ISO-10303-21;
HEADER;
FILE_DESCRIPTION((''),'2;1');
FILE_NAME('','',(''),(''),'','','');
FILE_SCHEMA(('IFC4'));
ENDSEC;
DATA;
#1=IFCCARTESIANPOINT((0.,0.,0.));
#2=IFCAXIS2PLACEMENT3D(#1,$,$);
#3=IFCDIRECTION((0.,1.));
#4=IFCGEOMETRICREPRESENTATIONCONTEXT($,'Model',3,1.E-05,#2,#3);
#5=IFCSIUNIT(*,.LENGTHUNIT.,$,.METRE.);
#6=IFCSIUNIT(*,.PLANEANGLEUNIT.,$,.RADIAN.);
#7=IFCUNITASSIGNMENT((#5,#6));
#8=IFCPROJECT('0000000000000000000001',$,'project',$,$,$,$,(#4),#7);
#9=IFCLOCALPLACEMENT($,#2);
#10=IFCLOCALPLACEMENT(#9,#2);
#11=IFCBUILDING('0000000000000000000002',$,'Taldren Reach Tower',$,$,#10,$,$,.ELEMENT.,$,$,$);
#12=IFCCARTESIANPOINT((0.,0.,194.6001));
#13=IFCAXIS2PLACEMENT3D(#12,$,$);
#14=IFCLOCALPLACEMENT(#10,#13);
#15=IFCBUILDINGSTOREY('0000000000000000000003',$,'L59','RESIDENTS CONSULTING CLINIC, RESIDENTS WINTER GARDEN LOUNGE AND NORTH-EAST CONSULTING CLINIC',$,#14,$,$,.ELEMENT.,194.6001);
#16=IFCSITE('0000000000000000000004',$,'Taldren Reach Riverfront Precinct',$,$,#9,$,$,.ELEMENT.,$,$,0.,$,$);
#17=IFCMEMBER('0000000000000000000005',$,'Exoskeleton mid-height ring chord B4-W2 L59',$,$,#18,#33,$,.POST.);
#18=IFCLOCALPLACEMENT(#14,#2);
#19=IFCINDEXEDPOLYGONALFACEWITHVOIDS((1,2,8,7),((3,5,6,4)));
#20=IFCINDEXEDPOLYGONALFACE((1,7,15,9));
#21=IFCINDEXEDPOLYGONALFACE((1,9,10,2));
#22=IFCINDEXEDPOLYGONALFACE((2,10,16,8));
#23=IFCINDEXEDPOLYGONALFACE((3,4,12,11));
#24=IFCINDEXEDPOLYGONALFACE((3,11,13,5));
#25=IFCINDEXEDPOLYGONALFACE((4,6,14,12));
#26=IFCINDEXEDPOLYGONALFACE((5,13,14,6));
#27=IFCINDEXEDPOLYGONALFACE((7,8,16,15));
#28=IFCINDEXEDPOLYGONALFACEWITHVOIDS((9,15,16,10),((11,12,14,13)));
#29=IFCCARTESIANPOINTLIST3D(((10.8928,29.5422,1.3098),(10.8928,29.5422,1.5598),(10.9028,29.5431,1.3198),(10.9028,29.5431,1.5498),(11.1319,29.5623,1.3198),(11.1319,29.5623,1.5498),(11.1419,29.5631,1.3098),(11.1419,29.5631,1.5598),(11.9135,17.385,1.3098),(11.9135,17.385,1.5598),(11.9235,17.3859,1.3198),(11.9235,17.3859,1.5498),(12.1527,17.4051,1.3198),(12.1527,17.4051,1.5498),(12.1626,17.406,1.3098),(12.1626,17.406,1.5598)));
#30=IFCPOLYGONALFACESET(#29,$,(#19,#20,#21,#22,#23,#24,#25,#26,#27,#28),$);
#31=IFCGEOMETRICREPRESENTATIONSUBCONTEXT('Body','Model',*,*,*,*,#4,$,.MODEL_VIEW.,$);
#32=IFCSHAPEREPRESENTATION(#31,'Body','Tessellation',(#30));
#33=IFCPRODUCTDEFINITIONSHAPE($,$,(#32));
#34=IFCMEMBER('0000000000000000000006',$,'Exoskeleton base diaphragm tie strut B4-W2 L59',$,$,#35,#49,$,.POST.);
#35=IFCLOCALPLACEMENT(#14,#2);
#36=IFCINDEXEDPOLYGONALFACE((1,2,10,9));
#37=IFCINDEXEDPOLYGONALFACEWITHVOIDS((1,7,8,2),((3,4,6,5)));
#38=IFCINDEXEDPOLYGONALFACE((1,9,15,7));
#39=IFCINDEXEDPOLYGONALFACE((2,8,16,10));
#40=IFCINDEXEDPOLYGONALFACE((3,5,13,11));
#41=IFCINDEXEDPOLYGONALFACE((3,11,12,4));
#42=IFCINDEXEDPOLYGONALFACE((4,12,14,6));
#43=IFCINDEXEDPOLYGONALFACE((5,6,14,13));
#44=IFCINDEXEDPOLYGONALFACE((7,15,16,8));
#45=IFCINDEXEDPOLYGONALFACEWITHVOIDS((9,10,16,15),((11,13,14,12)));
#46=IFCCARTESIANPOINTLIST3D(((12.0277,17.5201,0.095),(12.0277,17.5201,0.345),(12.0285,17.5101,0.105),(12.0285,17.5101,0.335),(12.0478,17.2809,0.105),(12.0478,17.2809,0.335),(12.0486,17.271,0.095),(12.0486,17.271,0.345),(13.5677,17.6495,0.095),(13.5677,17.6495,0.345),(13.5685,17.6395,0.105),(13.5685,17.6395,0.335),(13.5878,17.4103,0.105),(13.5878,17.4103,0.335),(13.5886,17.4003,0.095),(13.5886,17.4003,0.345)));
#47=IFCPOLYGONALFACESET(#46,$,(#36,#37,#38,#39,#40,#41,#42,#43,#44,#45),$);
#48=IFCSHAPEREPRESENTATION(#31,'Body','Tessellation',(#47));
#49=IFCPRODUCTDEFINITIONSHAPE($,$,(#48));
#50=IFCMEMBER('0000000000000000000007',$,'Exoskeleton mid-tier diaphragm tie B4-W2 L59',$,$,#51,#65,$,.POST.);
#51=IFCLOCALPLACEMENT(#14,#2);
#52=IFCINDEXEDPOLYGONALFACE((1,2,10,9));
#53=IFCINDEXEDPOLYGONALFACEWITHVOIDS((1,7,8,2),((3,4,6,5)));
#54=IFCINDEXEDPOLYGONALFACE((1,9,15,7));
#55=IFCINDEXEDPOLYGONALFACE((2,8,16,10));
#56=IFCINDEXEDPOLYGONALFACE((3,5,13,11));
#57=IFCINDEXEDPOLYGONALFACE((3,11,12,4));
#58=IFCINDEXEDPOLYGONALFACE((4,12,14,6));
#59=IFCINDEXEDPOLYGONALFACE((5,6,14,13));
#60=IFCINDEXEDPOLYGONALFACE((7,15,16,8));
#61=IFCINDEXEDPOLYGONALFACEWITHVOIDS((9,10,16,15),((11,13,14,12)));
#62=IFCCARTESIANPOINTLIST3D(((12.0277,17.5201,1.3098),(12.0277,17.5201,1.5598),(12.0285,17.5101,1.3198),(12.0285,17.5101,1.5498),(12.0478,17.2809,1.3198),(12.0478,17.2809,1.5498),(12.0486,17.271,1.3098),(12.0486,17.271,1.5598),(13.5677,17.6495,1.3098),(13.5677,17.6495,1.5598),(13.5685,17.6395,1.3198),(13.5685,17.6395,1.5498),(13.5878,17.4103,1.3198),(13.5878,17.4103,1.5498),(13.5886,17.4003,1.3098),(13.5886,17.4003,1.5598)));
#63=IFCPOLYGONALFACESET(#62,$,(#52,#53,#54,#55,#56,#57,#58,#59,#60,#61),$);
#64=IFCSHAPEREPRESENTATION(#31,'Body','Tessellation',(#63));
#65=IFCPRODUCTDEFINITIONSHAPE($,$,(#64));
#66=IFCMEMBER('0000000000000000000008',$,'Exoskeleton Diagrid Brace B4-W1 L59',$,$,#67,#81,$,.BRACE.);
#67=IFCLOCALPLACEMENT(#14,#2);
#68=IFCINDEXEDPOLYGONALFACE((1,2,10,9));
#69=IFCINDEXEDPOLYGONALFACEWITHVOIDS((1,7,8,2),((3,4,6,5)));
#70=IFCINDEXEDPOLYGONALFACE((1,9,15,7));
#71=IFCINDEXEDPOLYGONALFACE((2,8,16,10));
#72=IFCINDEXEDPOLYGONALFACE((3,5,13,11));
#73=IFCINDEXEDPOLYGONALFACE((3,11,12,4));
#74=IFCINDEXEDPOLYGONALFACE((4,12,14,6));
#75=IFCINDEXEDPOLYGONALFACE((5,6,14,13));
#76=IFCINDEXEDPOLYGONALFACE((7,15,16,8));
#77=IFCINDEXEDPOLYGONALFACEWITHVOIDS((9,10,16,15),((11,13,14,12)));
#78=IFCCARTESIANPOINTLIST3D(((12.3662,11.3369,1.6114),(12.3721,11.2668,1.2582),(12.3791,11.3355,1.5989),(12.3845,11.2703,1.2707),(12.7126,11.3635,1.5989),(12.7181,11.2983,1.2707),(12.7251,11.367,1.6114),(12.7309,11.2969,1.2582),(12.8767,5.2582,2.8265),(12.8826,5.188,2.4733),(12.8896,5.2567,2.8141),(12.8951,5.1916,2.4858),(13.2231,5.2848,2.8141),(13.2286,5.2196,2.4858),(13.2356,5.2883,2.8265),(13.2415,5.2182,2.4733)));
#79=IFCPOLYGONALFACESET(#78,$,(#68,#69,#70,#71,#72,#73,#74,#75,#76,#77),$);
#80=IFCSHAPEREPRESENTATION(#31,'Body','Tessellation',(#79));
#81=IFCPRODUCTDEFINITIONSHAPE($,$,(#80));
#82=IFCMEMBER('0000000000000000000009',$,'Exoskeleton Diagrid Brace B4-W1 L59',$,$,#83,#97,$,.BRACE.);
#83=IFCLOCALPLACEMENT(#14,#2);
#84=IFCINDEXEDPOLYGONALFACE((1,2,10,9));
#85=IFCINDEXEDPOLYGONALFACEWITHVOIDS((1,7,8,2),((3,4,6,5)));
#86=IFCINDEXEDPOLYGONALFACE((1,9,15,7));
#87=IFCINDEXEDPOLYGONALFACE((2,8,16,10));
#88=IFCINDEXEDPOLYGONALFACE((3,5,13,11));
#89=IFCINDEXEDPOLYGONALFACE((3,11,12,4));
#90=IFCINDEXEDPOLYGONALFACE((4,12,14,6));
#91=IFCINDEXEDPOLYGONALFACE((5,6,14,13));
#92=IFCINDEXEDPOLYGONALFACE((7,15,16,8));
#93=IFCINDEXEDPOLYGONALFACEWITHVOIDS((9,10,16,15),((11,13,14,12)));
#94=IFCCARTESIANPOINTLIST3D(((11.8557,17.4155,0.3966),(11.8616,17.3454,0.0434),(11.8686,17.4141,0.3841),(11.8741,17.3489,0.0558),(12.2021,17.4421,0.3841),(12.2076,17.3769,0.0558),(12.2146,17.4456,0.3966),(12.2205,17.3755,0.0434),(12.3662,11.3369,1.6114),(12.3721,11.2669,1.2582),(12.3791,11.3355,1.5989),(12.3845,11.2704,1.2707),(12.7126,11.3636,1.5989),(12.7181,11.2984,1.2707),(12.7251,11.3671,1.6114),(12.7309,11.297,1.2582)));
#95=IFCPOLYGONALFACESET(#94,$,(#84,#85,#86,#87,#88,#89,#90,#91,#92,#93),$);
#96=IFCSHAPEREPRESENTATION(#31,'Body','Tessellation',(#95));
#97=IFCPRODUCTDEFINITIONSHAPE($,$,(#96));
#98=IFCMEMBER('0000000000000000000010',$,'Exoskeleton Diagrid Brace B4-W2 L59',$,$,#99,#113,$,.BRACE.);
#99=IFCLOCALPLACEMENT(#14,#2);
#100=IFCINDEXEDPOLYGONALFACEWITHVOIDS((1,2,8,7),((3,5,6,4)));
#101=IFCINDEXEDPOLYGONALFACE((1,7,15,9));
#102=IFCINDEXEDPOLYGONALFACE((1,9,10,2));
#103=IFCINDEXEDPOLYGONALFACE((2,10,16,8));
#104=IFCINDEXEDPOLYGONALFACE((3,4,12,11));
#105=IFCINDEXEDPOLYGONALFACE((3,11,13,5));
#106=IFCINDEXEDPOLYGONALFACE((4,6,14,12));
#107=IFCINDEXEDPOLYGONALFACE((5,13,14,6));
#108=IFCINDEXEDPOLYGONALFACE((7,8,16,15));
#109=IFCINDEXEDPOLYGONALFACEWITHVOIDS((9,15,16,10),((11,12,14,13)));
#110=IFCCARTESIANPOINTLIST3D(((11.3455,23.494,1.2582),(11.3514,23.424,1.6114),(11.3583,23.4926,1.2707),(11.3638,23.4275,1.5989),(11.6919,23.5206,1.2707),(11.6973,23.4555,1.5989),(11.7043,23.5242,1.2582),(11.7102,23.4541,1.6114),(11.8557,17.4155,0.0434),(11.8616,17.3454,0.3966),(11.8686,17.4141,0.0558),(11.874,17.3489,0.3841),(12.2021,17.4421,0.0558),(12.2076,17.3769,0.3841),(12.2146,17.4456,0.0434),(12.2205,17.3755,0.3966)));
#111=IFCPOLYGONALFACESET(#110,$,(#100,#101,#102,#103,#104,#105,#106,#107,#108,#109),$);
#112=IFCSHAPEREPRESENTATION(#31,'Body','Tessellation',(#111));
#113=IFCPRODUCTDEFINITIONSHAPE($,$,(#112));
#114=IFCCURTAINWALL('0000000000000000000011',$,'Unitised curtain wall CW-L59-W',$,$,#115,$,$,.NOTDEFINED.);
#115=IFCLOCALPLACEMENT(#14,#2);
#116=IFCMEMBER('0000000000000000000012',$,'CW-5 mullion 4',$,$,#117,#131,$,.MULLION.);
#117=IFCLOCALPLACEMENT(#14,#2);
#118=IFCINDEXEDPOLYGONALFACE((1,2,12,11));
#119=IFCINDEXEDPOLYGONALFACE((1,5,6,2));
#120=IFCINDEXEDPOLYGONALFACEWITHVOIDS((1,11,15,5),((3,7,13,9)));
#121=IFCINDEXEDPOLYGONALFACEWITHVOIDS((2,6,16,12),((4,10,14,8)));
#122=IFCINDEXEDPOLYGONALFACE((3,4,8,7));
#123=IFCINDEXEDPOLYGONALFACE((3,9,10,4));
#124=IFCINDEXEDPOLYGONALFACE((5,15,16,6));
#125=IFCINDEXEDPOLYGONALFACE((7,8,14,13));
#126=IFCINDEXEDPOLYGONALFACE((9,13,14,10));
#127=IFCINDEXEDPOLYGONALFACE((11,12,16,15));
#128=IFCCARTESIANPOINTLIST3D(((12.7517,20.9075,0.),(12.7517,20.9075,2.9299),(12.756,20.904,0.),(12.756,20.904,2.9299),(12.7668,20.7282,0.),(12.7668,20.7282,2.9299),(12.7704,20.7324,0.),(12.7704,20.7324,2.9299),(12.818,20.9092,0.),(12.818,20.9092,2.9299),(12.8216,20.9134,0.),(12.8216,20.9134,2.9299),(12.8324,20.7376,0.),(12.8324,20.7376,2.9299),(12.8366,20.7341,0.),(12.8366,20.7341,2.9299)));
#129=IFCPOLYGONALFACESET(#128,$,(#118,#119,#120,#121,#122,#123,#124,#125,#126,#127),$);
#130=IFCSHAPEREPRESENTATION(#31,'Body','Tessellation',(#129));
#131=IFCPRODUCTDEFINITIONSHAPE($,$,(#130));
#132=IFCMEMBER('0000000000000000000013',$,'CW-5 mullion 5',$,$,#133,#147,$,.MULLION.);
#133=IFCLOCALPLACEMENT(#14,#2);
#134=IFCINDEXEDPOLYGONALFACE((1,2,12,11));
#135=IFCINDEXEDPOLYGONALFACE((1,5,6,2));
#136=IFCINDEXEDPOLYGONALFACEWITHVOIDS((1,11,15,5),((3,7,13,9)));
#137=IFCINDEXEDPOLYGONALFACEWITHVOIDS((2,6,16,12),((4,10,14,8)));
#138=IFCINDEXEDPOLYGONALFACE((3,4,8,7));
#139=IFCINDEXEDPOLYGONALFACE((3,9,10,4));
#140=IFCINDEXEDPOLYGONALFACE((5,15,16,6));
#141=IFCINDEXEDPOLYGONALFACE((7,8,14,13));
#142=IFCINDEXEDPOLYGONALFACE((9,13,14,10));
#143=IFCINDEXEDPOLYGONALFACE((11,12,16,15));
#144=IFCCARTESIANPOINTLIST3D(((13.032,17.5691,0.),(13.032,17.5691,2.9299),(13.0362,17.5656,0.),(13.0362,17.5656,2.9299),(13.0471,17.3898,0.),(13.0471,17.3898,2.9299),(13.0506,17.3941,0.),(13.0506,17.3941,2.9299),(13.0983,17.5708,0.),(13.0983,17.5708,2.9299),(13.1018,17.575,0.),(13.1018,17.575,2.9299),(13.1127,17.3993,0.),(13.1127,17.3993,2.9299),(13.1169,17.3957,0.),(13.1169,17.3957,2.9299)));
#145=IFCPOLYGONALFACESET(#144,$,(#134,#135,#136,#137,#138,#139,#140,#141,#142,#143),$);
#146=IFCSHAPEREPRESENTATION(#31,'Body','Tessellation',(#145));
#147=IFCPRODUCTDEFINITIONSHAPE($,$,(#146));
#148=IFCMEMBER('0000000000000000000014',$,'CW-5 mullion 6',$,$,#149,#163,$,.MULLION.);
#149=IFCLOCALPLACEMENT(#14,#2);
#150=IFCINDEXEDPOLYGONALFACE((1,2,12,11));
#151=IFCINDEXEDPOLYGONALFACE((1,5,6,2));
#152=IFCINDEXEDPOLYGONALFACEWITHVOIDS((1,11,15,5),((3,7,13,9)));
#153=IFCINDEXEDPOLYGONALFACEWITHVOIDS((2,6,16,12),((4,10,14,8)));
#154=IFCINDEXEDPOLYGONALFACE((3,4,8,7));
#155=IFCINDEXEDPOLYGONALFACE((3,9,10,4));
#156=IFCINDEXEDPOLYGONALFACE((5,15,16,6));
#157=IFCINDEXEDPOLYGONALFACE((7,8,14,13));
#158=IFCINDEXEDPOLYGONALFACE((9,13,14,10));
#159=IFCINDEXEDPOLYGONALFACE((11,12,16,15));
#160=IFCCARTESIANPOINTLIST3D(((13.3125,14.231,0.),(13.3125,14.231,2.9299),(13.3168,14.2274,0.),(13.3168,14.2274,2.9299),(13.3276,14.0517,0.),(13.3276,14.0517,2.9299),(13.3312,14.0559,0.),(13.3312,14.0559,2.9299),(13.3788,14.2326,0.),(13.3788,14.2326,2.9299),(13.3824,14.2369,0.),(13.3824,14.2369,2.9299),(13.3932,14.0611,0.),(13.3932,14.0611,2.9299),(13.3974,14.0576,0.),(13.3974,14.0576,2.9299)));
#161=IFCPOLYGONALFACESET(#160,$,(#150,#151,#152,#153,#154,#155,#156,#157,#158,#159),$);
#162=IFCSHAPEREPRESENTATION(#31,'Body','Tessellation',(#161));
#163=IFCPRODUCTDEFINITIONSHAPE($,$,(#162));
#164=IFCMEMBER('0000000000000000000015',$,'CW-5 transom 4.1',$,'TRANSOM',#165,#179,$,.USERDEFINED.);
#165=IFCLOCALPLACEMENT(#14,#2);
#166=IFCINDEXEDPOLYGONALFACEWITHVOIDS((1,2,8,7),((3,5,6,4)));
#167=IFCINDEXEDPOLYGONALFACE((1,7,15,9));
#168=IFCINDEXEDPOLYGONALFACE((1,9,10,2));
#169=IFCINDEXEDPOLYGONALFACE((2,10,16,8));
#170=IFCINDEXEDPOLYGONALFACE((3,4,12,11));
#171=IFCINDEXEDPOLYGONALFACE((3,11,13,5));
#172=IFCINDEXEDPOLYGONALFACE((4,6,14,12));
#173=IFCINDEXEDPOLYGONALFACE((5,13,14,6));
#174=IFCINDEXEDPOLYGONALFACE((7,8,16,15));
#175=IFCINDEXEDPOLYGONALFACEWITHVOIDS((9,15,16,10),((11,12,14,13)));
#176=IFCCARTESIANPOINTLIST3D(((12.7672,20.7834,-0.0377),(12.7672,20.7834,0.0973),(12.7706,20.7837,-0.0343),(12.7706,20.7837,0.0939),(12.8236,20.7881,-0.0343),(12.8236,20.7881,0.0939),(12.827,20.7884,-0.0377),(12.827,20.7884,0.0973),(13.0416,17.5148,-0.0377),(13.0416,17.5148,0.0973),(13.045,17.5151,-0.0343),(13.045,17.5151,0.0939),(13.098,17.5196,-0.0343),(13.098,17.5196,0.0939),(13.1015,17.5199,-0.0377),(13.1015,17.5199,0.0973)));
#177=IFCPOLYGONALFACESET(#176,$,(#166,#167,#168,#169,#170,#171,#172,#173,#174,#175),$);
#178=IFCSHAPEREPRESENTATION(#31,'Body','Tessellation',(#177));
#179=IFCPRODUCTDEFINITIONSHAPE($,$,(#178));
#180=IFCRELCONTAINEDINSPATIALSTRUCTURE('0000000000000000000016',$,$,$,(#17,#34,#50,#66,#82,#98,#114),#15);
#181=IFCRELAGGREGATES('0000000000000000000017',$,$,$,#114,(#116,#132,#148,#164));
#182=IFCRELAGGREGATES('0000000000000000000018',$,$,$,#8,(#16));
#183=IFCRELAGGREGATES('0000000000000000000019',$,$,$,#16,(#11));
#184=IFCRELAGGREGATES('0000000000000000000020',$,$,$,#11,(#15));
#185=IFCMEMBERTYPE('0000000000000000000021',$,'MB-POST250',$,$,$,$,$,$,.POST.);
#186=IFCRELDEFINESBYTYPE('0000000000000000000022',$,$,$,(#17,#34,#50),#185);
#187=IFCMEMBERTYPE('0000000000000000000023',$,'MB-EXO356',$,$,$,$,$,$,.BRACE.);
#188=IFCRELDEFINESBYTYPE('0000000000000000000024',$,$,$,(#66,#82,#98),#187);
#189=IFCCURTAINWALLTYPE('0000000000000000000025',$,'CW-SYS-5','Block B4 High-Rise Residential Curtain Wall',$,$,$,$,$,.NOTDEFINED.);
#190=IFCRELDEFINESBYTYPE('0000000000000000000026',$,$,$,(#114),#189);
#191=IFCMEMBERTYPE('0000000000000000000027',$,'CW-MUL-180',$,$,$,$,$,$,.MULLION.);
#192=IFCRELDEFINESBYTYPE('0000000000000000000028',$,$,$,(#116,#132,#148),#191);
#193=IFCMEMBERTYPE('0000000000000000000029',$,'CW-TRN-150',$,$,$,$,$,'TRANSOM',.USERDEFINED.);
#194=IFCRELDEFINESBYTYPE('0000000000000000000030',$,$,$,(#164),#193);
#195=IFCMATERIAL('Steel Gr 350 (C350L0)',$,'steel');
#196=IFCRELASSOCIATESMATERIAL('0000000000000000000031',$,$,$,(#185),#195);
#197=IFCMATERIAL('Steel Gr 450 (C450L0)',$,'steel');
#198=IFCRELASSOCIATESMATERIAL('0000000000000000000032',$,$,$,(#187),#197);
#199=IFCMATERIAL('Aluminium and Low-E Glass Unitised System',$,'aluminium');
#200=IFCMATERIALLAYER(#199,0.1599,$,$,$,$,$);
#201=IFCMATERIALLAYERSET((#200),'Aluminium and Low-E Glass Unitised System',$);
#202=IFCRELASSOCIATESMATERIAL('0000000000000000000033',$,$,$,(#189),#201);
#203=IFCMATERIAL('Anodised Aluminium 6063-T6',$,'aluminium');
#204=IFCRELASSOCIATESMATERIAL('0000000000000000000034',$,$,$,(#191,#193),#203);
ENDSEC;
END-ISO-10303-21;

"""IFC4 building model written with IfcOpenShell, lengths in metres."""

from ifc_helpers import new_model, si_unit, direction, frame, origin, origin_2d, place, context, subcontext, project, spatial, hollow_rectangle, extrude, source, transform, mapped, material, layer, layer_set, material_profile, profile_set, type_object, element, aggregate, save


model = new_model("IFC4")

# Units and contexts
model_context = context("Model", 3, precision=1e-05, world=origin(), true_north=direction((0.0, 1.0)))
body_context = subcontext(model_context, "Body", "Model", "MODEL_VIEW")
ifc_project = project(units=[si_unit("LENGTHUNIT", "METRE"), si_unit("PLANEANGLEUNIT", "RADIAN")], contexts=[model_context])

# Site, building, storey
site_placement = place(None, origin())
site = spatial("IfcSite", under=ifc_project, at=site_placement, Name="Taldren Reach Riverfront Precinct", CompositionType="ELEMENT", RefElevation=0.0)
building_placement = place(site_placement, origin())
building = spatial("IfcBuilding", under=site, at=building_placement, Name="Taldren Reach Tower", CompositionType="ELEMENT")
storey_placement = place(building_placement, frame((0.0, 0.0, 194.6001)))
storey = spatial("IfcBuildingStorey", under=building, at=storey_placement, Name="L59", Description="RESIDENTS CONSULTING CLINIC, RESIDENTS WINTER GARDEN LOUNGE AND NORTH-EAST CONSULTING CLINIC", CompositionType="ELEMENT", Elevation=194.6001)

# Shared definitions
ifc_material_1 = material(Name="Steel Gr 450 (C450L0)", Category="steel")

# Members
ifc_material_2 = material(Name="Steel Gr 350 (C350L0)", Category="steel")
ifc_material_profile_1 = material_profile(ifc_material_2, hollow_rectangle(XDim=0.25, YDim=0.25, WallThickness=0.01, at=origin_2d()), Name="250x250x10.0SHS")
ifc_profile_set_1 = profile_set([ifc_material_profile_1], Name="Steel Gr 350 (C350L0)")
member_type_1 = type_object("IfcMemberType", Name="MB-POST250", PredefinedType="POST", material=ifc_profile_set_1)
shared_shape_1 = source(origin(), body_context, "Body", "SweptSolid", [
    extrude(hollow_rectangle(XDim=0.25, YDim=0.25, WallThickness=0.01, at=origin_2d()), origin(), (0.0, 0.0, 1.0), 12.2),
])
member_1_placement = place(storey_placement, frame((12.0381, 17.3955, 1.4348), z_axis=(-0.083668, 0.996494, 0.0), x_axis=(-0.996494, -0.083668, 0.0)))
element("IfcMember", 1, at=member_1_placement, inside=storey, type_object=member_type_1, Name="Exoskeleton mid-height ring chord B4-W2 L59", PredefinedType="POST", context=body_context, shape_type="MappedRepresentation", body=[
    mapped(shared_shape_1, transform((0.0, 0.0, 0.0), scale=1.0)),
])
shared_shape_2 = source(origin(), body_context, "Body", "SweptSolid", [
    extrude(hollow_rectangle(XDim=0.25, YDim=0.25, WallThickness=0.01, at=origin_2d()), origin(), (0.0, 0.0, 1.0), 1.5454),
])
for number, where, z_axis, x_axis, name in (
    (2, (13.5781, 17.5249, 0.22), (-0.996489, -0.083725, 0.0), (0.083725, -0.996489, 0.0), "Exoskeleton base diaphragm tie strut B4-W2 L59"),
    (3, (13.5781, 17.5249, 1.4348), (-0.996489, -0.083725, 0.0), (0.083725, -0.996489, 0.0), "Exoskeleton mid-tier diaphragm tie B4-W2 L59"),
):
    element("IfcMember", number, at=place(storey_placement, frame(where, z_axis=z_axis, x_axis=x_axis)), inside=storey, type_object=member_type_1, Name=name, PredefinedType="POST", context=body_context, shape_type="MappedRepresentation", body=[
        mapped(shared_shape_2, transform((0.0, 0.0, 0.0), scale=1.0)),
    ])
ifc_material_profile_2 = material_profile(ifc_material_1, hollow_rectangle(XDim=0.3601, YDim=0.3601, WallThickness=0.0127, at=origin_2d()), Name="360x360x12.7SHS")
ifc_profile_set_2 = profile_set([ifc_material_profile_2], Name="Steel Gr 450 (C450L0)")
member_type_2 = type_object("IfcMemberType", Name="MB-EXO356", PredefinedType="BRACE", material=ifc_profile_set_2)
shared_shape_3 = source(origin(), body_context, "Body", "SweptSolid", [
    extrude(hollow_rectangle(XDim=0.3601, YDim=0.3601, WallThickness=0.0127, at=origin_2d()), origin(), (0.0, 0.0, 1.0), 6.22),
])
member_2_placement = place(storey_placement, frame((12.5486, 11.3169, 1.4348), z_axis=(0.082076, -0.977292, 0.195356), x_axis=(0.996492, 0.083688, 0.0)))
element("IfcMember", 4, at=member_2_placement, inside=storey, type_object=member_type_2, Name="Exoskeleton Diagrid Brace B4-W1 L59", PredefinedType="BRACE", context=body_context, shape_type="MappedRepresentation", body=[
    mapped(shared_shape_3, transform((0.0, 0.0, 0.0), scale=1.0)),
])
shared_shape_4 = source(origin(), body_context, "Body", "SweptSolid", [
    extrude(hollow_rectangle(XDim=0.3601, YDim=0.3601, WallThickness=0.0127, at=origin_2d()), origin(), (0.0, 0.0, 1.0), 6.2197),
])
for number, where, z_axis, x_axis, name in (
    (5, (12.0381, 17.3955, 0.22), (0.082076, -0.977299, 0.195319), (0.996492, 0.083688, 0.0), "Exoskeleton Diagrid Brace B4-W1 L59"),
    (6, (12.0381, 17.3955, 0.22), (-0.082037, 0.977303, 0.195319), (-0.996495, -0.083648, 0.0), "Exoskeleton Diagrid Brace B4-W2 L59"),
):
    element("IfcMember", number, at=place(storey_placement, frame(where, z_axis=z_axis, x_axis=x_axis)), inside=storey, type_object=member_type_2, Name=name, PredefinedType="BRACE", context=body_context, shape_type="MappedRepresentation", body=[
        mapped(shared_shape_4, transform((0.0, 0.0, 0.0), scale=1.0)),
    ])

# Curtain wall, members
ifc_material_3 = material(Name="Aluminium and Low-E Glass Unitised System", Category="aluminium")
ifc_layer_1 = layer(ifc_material_3, 0.1599)
ifc_layer_set_1 = layer_set([ifc_layer_1], Name="Aluminium and Low-E Glass Unitised System")
curtain_wall_type = type_object("IfcCurtainWallType", Name="CW-SYS-5", Description="Block B4 High-Rise Residential Curtain Wall", PredefinedType="NOTDEFINED", material=ifc_layer_set_1)
curtain_wall_placement = place(storey_placement, origin())
curtain_wall = element("IfcCurtainWall", 7, at=curtain_wall_placement, inside=storey, type_object=curtain_wall_type, Name="Unitised curtain wall CW-L59-W", PredefinedType="NOTDEFINED")
ifc_material_4 = material(Name="Anodised Aluminium 6063-T6", Category="aluminium")
ifc_material_profile_3 = material_profile(ifc_material_4, hollow_rectangle(XDim=0.0701, YDim=0.1799, WallThickness=0.0039, at=origin_2d()), Name="ALU-180x70x4RHS")
ifc_profile_set_3 = profile_set([ifc_material_profile_3], Name="Anodised Aluminium 6063-T6")
member_type_3 = type_object("IfcMemberType", Name="CW-MUL-180", PredefinedType="MULLION", material=ifc_profile_set_3)
shared_shape_5 = source(origin(), body_context, "Body", "SweptSolid", [
    extrude(hollow_rectangle(XDim=0.0701, YDim=0.1799, WallThickness=0.0039, at=origin_2d()), origin(), (0.0, 0.0, 1.0), 2.9299),
])
member_3_placement = place(storey_placement, frame((12.7942, 20.8208, 0.0), z_axis=(0.0, 0.0, 1.0), x_axis=(0.996493, 0.083678, 0.0)))
member_3 = element("IfcMember", 8, at=member_3_placement, type_object=member_type_3, Name="CW-5 mullion 4", PredefinedType="MULLION", context=body_context, shape_type="MappedRepresentation", body=[
    mapped(shared_shape_5, transform((0.0, 0.0, 0.0), scale=1.0)),
])
member_4_placement = place(storey_placement, frame((13.0745, 17.4824, 0.0), z_axis=(0.0, 0.0, 1.0), x_axis=(0.996493, 0.083678, 0.0)))
member_4 = element("IfcMember", 9, at=member_4_placement, type_object=member_type_3, Name="CW-5 mullion 5", PredefinedType="MULLION", context=body_context, shape_type="MappedRepresentation", body=[
    mapped(shared_shape_5, transform((0.0, 0.0, 0.0), scale=1.0)),
])
member_5_placement = place(storey_placement, frame((13.355, 14.1443, 0.0), z_axis=(0.0, 0.0, 1.0), x_axis=(0.996493, 0.083678, 0.0)))
member_5 = element("IfcMember", 10, at=member_5_placement, type_object=member_type_3, Name="CW-5 mullion 6", PredefinedType="MULLION", context=body_context, shape_type="MappedRepresentation", body=[
    mapped(shared_shape_5, transform((0.0, 0.0, 0.0), scale=1.0)),
])
ifc_material_profile_4 = material_profile(ifc_material_4, hollow_rectangle(XDim=0.0601, YDim=0.135, WallThickness=0.0034, at=origin_2d()), Name="ALU-135x60x3.5RHS")
ifc_profile_set_4 = profile_set([ifc_material_profile_4], Name="Anodised Aluminium 6063-T6")
member_type_4 = type_object("IfcMemberType", Name="CW-TRN-150", ElementType="TRANSOM", PredefinedType="USERDEFINED", material=ifc_profile_set_4)
shared_shape_6 = source(origin(), body_context, "Body", "SweptSolid", [
    extrude(hollow_rectangle(XDim=0.0601, YDim=0.135, WallThickness=0.0034, at=origin_2d()), origin(), (0.0, 0.0, 1.0), 3.28),
])
member_6_placement = place(storey_placement, frame((12.7971, 20.7859, 0.0298), z_axis=(0.083661, -0.996494, 0.0), x_axis=(0.996494, 0.083661, 0.0)))
member_6 = element("IfcMember", 11, at=member_6_placement, type_object=member_type_4, Name="CW-5 transom 4.1", ObjectType="TRANSOM", PredefinedType="USERDEFINED", context=body_context, shape_type="MappedRepresentation", body=[
    mapped(shared_shape_6, transform((0.0, 0.0, 0.0), scale=1.0)),
])

aggregate(curtain_wall, [member_3, member_4, member_5, member_6])

save(model, "model.ifc")
